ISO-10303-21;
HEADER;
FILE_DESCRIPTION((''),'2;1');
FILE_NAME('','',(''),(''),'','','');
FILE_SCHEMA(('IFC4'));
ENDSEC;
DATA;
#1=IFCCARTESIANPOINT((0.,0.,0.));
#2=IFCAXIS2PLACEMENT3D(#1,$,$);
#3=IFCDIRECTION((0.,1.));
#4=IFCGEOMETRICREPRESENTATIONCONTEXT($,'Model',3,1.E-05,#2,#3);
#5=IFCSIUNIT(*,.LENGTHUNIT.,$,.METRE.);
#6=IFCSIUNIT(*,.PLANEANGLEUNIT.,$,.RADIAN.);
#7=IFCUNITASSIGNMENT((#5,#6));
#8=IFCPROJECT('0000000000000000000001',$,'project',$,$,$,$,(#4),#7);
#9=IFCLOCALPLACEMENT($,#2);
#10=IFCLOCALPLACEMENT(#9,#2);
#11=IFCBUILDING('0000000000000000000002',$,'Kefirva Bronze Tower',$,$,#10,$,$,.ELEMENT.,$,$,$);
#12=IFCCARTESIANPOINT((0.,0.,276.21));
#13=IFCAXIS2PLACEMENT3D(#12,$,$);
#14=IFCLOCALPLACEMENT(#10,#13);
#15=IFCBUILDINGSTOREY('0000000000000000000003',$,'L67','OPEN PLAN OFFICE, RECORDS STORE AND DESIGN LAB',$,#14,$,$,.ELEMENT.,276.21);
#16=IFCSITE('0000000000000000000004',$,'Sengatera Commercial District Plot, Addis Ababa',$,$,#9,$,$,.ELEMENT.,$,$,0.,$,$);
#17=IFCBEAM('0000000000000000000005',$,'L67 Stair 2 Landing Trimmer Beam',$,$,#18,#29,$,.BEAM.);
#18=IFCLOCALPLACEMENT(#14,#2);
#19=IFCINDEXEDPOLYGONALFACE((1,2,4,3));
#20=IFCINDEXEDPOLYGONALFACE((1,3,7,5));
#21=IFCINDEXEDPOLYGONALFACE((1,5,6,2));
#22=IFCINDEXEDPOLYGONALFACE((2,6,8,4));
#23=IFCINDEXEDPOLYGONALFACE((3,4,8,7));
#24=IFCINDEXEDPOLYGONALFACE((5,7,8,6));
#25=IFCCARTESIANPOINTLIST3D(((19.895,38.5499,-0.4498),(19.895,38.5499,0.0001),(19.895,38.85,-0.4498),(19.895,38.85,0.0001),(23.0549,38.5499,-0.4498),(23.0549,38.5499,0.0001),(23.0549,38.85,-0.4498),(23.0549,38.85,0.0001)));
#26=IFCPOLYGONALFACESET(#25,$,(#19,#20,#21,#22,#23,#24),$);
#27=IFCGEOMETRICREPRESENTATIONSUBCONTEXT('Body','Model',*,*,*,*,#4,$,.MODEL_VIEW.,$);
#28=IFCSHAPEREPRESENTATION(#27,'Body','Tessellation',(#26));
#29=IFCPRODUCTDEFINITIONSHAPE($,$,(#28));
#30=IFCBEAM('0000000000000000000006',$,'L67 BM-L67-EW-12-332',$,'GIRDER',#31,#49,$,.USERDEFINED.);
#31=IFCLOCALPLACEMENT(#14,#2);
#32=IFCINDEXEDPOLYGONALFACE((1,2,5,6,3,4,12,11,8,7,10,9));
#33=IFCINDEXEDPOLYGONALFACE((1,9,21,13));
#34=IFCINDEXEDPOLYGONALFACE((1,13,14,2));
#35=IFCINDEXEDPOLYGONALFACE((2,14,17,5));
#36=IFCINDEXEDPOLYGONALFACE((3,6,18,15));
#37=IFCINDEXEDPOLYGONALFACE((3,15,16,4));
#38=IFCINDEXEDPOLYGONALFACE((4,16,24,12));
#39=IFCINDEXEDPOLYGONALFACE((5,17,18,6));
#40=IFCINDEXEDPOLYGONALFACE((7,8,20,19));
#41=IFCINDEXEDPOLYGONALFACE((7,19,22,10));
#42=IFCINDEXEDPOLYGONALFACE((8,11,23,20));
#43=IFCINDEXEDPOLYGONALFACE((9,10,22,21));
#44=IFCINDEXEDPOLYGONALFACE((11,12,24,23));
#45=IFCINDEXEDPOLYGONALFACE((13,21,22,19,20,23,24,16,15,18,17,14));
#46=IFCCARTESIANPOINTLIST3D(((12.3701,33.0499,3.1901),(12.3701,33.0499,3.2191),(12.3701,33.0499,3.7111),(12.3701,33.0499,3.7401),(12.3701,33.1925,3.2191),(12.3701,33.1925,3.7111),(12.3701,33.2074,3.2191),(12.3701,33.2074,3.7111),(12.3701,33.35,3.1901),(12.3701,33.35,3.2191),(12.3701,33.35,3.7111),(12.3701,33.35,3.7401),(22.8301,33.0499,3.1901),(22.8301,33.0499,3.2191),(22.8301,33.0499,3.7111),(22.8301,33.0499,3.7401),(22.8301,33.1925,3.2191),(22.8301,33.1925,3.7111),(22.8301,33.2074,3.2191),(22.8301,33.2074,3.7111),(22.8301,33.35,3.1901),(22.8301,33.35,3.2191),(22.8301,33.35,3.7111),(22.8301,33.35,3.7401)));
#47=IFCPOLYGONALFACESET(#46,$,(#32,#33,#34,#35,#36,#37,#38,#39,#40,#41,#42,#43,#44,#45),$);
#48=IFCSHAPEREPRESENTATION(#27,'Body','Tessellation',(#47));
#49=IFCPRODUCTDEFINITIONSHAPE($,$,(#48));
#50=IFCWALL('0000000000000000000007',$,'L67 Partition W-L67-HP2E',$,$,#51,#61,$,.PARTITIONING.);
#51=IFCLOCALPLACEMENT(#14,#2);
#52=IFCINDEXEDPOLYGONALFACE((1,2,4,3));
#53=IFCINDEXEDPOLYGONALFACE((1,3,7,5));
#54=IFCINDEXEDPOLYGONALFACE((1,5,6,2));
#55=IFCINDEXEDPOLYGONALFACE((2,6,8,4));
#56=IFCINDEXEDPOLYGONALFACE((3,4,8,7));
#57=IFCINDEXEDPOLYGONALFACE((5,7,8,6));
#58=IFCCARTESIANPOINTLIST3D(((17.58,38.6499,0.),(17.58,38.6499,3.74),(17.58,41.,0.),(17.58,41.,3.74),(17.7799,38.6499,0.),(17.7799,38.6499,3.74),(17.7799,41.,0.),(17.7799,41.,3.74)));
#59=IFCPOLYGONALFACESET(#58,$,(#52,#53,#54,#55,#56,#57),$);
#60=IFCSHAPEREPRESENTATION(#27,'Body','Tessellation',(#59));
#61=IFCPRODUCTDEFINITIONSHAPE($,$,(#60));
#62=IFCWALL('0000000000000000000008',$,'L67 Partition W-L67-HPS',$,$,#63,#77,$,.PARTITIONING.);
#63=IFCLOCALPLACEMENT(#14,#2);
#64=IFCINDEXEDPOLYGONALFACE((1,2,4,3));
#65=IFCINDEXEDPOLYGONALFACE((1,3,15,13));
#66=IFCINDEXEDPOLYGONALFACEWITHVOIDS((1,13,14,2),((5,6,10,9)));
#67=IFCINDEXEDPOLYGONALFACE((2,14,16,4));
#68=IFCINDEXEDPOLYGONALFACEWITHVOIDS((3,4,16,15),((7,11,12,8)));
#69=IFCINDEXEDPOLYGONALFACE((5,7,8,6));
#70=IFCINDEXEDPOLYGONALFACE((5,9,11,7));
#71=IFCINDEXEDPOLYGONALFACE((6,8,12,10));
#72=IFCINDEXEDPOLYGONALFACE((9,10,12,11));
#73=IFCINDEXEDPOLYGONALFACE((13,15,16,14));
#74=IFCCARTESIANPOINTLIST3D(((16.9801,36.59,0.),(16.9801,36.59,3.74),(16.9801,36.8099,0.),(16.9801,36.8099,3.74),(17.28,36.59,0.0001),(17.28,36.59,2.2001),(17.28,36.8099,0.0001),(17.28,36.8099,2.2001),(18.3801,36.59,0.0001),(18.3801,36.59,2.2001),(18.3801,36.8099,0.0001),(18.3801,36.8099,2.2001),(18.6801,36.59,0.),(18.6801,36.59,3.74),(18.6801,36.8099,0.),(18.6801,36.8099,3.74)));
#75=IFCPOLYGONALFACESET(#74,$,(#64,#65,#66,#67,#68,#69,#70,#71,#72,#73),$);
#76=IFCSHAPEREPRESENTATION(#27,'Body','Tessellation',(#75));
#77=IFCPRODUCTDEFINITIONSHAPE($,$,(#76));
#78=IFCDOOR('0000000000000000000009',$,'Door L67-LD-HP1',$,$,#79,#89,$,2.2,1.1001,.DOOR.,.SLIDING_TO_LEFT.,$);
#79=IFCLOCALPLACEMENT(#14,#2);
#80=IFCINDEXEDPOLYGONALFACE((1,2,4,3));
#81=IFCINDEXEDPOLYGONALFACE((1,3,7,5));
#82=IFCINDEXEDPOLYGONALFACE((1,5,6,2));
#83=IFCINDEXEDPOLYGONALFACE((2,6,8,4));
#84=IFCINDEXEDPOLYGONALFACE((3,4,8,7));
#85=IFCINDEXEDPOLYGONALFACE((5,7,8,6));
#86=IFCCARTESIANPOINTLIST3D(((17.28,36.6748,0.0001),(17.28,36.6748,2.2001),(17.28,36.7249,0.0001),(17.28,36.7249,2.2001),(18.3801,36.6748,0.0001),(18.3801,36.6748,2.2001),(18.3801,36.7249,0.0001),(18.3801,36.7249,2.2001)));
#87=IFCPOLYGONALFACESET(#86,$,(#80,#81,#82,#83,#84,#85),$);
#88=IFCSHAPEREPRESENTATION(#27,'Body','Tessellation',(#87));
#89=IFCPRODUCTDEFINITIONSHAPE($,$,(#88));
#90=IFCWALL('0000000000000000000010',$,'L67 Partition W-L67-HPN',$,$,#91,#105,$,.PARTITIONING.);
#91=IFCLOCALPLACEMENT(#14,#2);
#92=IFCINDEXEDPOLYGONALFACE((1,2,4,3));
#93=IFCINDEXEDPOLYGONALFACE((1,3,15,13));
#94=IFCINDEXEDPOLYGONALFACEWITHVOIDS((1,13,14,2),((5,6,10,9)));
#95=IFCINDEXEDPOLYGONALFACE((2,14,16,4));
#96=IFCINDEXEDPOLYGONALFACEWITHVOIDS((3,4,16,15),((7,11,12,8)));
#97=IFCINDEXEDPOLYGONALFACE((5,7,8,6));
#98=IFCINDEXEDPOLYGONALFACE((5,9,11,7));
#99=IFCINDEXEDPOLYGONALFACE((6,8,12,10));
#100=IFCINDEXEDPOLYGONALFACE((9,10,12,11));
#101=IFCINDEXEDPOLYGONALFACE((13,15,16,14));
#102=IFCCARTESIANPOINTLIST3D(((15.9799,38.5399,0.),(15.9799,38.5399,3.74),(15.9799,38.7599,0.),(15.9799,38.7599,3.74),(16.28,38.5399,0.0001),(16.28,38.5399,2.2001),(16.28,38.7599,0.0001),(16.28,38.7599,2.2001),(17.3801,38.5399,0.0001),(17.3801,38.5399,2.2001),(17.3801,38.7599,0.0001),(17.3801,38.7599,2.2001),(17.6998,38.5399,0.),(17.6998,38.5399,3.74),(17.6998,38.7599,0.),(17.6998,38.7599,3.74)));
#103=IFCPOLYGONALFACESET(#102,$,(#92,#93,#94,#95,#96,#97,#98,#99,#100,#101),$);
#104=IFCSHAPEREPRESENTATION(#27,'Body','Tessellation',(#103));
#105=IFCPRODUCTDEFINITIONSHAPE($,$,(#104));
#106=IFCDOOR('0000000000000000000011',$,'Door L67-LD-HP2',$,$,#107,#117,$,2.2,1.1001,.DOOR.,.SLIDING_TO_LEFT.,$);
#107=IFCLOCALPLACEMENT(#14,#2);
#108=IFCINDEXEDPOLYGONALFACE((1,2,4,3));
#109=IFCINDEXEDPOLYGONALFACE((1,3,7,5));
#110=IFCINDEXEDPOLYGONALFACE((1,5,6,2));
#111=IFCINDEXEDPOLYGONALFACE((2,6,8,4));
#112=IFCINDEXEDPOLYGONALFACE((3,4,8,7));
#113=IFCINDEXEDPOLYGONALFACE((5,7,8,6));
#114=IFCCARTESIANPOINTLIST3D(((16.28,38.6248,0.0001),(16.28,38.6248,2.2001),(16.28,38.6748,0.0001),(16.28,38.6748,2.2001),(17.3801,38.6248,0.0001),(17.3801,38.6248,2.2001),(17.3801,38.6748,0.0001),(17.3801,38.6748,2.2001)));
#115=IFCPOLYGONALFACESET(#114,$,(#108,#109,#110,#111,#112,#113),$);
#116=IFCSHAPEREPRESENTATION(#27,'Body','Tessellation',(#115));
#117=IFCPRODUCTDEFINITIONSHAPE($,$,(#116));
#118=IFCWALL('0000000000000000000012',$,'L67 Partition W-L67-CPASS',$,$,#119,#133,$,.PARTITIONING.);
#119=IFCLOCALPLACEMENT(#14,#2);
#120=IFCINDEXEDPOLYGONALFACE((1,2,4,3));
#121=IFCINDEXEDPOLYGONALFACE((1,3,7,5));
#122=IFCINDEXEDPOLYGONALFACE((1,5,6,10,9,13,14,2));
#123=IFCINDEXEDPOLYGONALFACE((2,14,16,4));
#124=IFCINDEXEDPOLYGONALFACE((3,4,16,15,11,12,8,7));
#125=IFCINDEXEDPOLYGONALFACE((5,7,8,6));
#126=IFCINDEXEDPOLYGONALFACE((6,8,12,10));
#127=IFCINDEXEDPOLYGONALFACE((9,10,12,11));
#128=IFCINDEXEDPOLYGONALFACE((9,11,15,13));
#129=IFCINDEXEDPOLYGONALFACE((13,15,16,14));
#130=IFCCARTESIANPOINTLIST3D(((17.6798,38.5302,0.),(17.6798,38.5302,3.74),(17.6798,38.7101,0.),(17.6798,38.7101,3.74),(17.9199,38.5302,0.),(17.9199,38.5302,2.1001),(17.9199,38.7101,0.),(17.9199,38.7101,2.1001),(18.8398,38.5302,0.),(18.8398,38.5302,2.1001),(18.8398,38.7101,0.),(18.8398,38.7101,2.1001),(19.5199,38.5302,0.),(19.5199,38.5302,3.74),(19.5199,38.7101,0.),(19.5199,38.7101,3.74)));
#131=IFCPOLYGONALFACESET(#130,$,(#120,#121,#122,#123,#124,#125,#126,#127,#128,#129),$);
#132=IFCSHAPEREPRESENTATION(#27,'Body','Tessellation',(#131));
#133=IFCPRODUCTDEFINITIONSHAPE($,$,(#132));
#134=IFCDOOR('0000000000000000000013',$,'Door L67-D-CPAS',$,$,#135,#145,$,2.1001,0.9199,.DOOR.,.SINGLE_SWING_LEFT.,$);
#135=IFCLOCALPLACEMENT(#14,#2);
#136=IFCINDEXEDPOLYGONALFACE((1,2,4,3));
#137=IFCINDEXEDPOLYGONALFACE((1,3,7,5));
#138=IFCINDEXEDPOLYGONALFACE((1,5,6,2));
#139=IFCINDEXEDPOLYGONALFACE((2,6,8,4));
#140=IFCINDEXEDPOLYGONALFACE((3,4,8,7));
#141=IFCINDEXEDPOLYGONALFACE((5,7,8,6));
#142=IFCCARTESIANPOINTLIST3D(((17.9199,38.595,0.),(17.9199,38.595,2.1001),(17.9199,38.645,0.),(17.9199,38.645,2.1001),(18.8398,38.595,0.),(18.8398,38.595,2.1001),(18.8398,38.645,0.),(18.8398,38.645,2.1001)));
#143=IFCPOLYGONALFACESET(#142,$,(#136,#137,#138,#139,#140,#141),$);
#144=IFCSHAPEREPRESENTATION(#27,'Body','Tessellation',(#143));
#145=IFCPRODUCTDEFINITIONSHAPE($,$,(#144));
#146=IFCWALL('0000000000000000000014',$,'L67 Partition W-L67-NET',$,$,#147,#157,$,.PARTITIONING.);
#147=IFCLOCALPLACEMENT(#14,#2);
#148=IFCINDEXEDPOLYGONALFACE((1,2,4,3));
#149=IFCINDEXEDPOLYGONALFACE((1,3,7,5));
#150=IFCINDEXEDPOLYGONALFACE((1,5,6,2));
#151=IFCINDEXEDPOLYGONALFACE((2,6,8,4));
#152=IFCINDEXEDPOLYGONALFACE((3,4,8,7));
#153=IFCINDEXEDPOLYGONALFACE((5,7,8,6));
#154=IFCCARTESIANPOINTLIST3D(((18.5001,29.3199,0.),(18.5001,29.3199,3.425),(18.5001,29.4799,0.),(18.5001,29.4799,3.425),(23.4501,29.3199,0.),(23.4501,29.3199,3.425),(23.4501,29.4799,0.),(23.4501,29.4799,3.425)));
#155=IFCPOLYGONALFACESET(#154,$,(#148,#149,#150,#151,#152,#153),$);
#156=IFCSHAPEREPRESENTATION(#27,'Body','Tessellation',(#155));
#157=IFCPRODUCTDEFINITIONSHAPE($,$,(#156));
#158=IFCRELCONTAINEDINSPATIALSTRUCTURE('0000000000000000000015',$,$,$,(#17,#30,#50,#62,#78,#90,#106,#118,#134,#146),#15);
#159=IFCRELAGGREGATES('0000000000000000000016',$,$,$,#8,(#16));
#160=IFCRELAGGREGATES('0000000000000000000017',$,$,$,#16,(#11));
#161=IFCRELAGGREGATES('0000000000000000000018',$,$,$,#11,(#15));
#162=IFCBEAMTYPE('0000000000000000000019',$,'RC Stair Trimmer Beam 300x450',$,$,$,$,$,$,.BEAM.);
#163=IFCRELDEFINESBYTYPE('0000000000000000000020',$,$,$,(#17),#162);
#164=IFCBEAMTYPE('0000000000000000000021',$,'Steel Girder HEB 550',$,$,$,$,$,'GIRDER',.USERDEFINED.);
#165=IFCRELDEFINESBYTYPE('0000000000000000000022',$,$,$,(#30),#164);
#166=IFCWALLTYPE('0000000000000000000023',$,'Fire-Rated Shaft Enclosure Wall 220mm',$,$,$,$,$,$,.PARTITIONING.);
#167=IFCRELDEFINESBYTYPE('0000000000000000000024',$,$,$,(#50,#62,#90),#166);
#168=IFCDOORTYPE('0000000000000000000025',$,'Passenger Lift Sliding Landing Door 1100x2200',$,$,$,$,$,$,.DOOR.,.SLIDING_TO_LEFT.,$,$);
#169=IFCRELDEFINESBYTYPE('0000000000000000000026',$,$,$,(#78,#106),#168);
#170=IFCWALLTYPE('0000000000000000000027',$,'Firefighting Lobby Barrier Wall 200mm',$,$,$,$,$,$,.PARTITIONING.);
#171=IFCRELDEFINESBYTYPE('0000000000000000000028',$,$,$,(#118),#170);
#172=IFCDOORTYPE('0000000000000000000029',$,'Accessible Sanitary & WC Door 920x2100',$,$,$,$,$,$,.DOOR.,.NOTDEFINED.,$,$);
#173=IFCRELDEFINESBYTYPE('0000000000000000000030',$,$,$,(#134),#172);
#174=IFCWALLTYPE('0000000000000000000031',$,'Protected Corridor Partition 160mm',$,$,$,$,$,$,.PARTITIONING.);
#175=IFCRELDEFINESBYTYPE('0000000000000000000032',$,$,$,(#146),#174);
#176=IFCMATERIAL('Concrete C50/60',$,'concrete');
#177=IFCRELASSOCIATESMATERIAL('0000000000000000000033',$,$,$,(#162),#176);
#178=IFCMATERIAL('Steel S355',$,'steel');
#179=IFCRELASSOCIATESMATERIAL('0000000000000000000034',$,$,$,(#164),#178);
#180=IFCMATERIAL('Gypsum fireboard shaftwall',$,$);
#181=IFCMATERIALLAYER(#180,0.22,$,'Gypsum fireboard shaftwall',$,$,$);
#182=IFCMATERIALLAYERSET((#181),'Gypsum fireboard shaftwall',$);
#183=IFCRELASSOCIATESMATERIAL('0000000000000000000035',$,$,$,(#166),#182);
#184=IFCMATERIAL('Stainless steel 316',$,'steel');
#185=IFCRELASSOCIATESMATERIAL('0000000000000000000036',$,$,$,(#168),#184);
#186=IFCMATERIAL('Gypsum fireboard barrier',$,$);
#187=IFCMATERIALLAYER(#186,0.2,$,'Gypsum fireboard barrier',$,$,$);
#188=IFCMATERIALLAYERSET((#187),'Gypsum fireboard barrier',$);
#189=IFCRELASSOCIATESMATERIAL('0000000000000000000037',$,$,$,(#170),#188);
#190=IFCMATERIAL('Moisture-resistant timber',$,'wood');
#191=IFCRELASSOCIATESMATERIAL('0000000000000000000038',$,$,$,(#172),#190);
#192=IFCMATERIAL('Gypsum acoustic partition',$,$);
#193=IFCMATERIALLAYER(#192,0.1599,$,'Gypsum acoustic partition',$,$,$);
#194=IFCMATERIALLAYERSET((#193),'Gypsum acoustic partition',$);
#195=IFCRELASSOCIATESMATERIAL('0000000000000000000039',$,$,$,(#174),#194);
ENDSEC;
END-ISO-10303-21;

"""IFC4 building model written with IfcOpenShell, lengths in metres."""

from ifc_helpers import new_model, si_unit, direction, frame, frame_2d, origin, origin_2d, place, context, subcontext, project, spatial, rectangle, i_section, extrude, material, layer, layer_set, material_profile, profile_set, type_object, element, fill, save


model = new_model("IFC4")

# Units and contexts
model_context = context("Model", 3, precision=1e-05, world=origin(), true_north=direction((0.0, 1.0)))
body_context = subcontext(model_context, "Body", "Model", "MODEL_VIEW")
ifc_project = project(units=[si_unit("LENGTHUNIT", "METRE"), si_unit("PLANEANGLEUNIT", "RADIAN")], contexts=[model_context])

# Site, building, storey
site_placement = place(None, origin())
site = spatial("IfcSite", under=ifc_project, at=site_placement, Name="Sengatera Commercial District Plot, Addis Ababa", CompositionType="ELEMENT", RefElevation=0.0)
building_placement = place(site_placement, origin())
building = spatial("IfcBuilding", under=site, at=building_placement, Name="Kefirva Bronze Tower", CompositionType="ELEMENT")
storey_placement = place(building_placement, frame((0.0, 0.0, 276.21)))
storey = spatial("IfcBuildingStorey", under=building, at=storey_placement, Name="L67", Description="OPEN PLAN OFFICE, RECORDS STORE AND DESIGN LAB", CompositionType="ELEMENT", Elevation=276.21)

# Beams
ifc_material_1 = material(Name="Concrete C50/60", Category="concrete")
ifc_material_profile_1 = material_profile(ifc_material_1, rectangle(XDim=0.3, YDim=0.45, at=origin_2d()), Name="RC 300x450")
ifc_profile_set_1 = profile_set([ifc_material_profile_1], Name="Concrete C50/60")
beam_type_1 = type_object("IfcBeamType", Name="RC Stair Trimmer Beam 300x450", PredefinedType="BEAM", material=ifc_profile_set_1)
beam_1_placement = place(storey_placement, frame((19.895, 38.7, -0.2249), z_axis=(1.0, 0.0, 0.0), x_axis=(0.0, 1.0, 0.0)))
element("IfcBeam", 1, at=beam_1_placement, inside=storey, type_object=beam_type_1, Name="L67 Stair 2 Landing Trimmer Beam", PredefinedType="BEAM", context=body_context, shape_type="SweptSolid", body=[
    extrude(rectangle(XDim=0.3, YDim=0.45, at=origin_2d()), origin(), (0.0, 0.0, 1.0), 3.1599),
])
ifc_material_2 = material(Name="Steel S355", Category="steel")
ifc_material_profile_2 = material_profile(ifc_material_2, i_section(OverallWidth=0.3, OverallDepth=0.55, WebThickness=0.0149, FlangeThickness=0.0291, at=origin_2d()), Name="HEB 550")
ifc_profile_set_2 = profile_set([ifc_material_profile_2], Name="Steel S355")
beam_type_2 = type_object("IfcBeamType", Name="Steel Girder HEB 550", ElementType="GIRDER", PredefinedType="USERDEFINED", material=ifc_profile_set_2)
beam_2_placement = place(storey_placement, frame((12.3701, 33.2, 3.4651), z_axis=(1.0, 0.0, 0.0), x_axis=(0.0, 1.0, 0.0)))
element("IfcBeam", 2, at=beam_2_placement, inside=storey, type_object=beam_type_2, Name="L67 BM-L67-EW-12-332", ObjectType="GIRDER", PredefinedType="USERDEFINED", context=body_context, shape_type="SweptSolid", body=[
    extrude(i_section(OverallWidth=0.3, OverallDepth=0.55, WebThickness=0.0149, FlangeThickness=0.0291, at=origin_2d()), origin(), (0.0, 0.0, 1.0), 10.46),
])

# Shared definitions
ifc_material_3 = material(Name="Gypsum acoustic partition")
ifc_material_4 = material(Name="Gypsum fireboard shaftwall")
ifc_layer_1 = layer(ifc_material_4, 0.22, Name="Gypsum fireboard shaftwall")
ifc_layer_set_1 = layer_set([ifc_layer_1], Name="Gypsum fireboard shaftwall")
wall_type_1 = type_object("IfcWallType", Name="Fire-Rated Shaft Enclosure Wall 220mm", PredefinedType="PARTITIONING", material=ifc_layer_set_1)

# Wall
wall_1_placement = place(storey_placement, frame((17.6799, 38.6499, 0.0), z_axis=(0.0, 0.0, 1.0), x_axis=(0.0, 1.0, 0.0)))
element("IfcWall", 3, at=wall_1_placement, inside=storey, type_object=wall_type_1, Name="L67 Partition W-L67-HP2E", PredefinedType="PARTITIONING", context=body_context, shape_type="SweptSolid", body=[
    extrude(rectangle(XDim=2.3501, YDim=0.2, at=frame_2d((1.175, 0.0))), origin(), (0.0, 0.0, 1.0), 3.74),
])

# Walls, openings, doors
wall_2_placement = place(storey_placement, frame((16.98, 36.7, 0.0), z_axis=(0.0, 0.0, 1.0), x_axis=(1.0, 0.0, 0.0)))
wall_2 = element("IfcWall", 4, at=wall_2_placement, inside=storey, type_object=wall_type_1, Name="L67 Partition W-L67-HPS", PredefinedType="PARTITIONING", context=body_context, shape_type="SweptSolid", body=[
    extrude(rectangle(XDim=1.7, YDim=0.22, at=frame_2d((0.8501, 0.0))), origin(), (0.0, 0.0, 1.0), 3.74),
])
opening_1_placement = place(wall_2_placement, frame((0.3, 0.0, 0.0)))
opening_1 = element("IfcOpeningElement", 5, at=opening_1_placement, cuts=wall_2, PredefinedType="OPENING", context=body_context, shape_type="SweptSolid", body=[
    extrude(rectangle(XDim=1.1001, YDim=2.2, at=frame_2d((0.55, 1.1001))), frame((0.0, 0.1201, 0.0), z_axis=(0.0, -1.0, 0.0), x_axis=(1.0, 0.0, 0.0)), (0.0, 0.0, 1.0), 0.24),
])
ifc_material_5 = material(Name="Stainless steel 316", Category="steel")
door_type_1 = type_object("IfcDoorType", Name="Passenger Lift Sliding Landing Door 1100x2200", OperationType="SLIDING_TO_LEFT", PredefinedType="DOOR", material=ifc_material_5)
door_1_placement = place(opening_1_placement, origin())
door_1 = element("IfcDoor", 6, at=door_1_placement, inside=storey, type_object=door_type_1, Name="Door L67-LD-HP1", OperationType="SLIDING_TO_LEFT", OverallHeight=2.2, OverallWidth=1.1001, PredefinedType="DOOR", context=body_context, shape_type="SweptSolid", body=[
    extrude(rectangle(XDim=1.1001, YDim=2.2, at=frame_2d((0.55, 1.1001))), frame((0.0, 0.0249, 0.0), z_axis=(0.0, -1.0, 0.0), x_axis=(1.0, 0.0, 0.0)), (0.0, 0.0, 1.0), 0.05),
])
fill(opening_1, door_1)
wall_3_placement = place(storey_placement, frame((15.98, 38.6499, 0.0), z_axis=(0.0, 0.0, 1.0), x_axis=(1.0, 0.0, 0.0)))
wall_3 = element("IfcWall", 7, at=wall_3_placement, inside=storey, type_object=wall_type_1, Name="L67 Partition W-L67-HPN", PredefinedType="PARTITIONING", context=body_context, shape_type="SweptSolid", body=[
    extrude(rectangle(XDim=1.72, YDim=0.22, at=frame_2d((0.8599, 0.0))), origin(), (0.0, 0.0, 1.0), 3.74),
])
opening_2_placement = place(wall_3_placement, frame((0.3, 0.0, 0.0)))
opening_2 = element("IfcOpeningElement", 8, at=opening_2_placement, cuts=wall_3, PredefinedType="OPENING", context=body_context, shape_type="SweptSolid", body=[
    extrude(rectangle(XDim=1.1001, YDim=2.2, at=frame_2d((0.55, 1.1001))), frame((0.0, 0.1201, 0.0), z_axis=(0.0, -1.0, 0.0), x_axis=(1.0, 0.0, 0.0)), (0.0, 0.0, 1.0), 0.24),
])
door_2_placement = place(opening_2_placement, origin())
door_2 = element("IfcDoor", 9, at=door_2_placement, inside=storey, type_object=door_type_1, Name="Door L67-LD-HP2", OperationType="SLIDING_TO_LEFT", OverallHeight=2.2, OverallWidth=1.1001, PredefinedType="DOOR", context=body_context, shape_type="SweptSolid", body=[
    extrude(rectangle(XDim=1.1001, YDim=2.2, at=frame_2d((0.55, 1.1001))), frame((0.0, 0.0249, 0.0), z_axis=(0.0, -1.0, 0.0), x_axis=(1.0, 0.0, 0.0)), (0.0, 0.0, 1.0), 0.05),
])
fill(opening_2, door_2)
ifc_material_6 = material(Name="Gypsum fireboard barrier")
ifc_layer_2 = layer(ifc_material_6, 0.2, Name="Gypsum fireboard barrier")
ifc_layer_set_2 = layer_set([ifc_layer_2], Name="Gypsum fireboard barrier")
wall_type_2 = type_object("IfcWallType", Name="Firefighting Lobby Barrier Wall 200mm", PredefinedType="PARTITIONING", material=ifc_layer_set_2)
wall_4_placement = place(storey_placement, frame((17.6799, 38.6201, 0.0), z_axis=(0.0, 0.0, 1.0), x_axis=(1.0, 0.0, 0.0)))
wall_4 = element("IfcWall", 10, at=wall_4_placement, inside=storey, type_object=wall_type_2, Name="L67 Partition W-L67-CPASS", PredefinedType="PARTITIONING", context=body_context, shape_type="SweptSolid", body=[
    extrude(rectangle(XDim=1.8401, YDim=0.1799, at=frame_2d((0.9199, 0.0))), origin(), (0.0, 0.0, 1.0), 3.74),
])
opening_3_placement = place(wall_4_placement, frame((0.24, 0.0, 0.0)))
opening_3 = element("IfcOpeningElement", 11, at=opening_3_placement, cuts=wall_4, PredefinedType="OPENING", context=body_context, shape_type="SweptSolid", body=[
    extrude(rectangle(XDim=0.9199, YDim=2.1001, at=frame_2d((0.46, 1.05))), frame((0.0, 0.1001, 0.0), z_axis=(0.0, -1.0, 0.0), x_axis=(1.0, 0.0, 0.0)), (0.0, 0.0, 1.0), 0.2),
])
ifc_material_7 = material(Name="Moisture-resistant timber", Category="wood")
door_type_2 = type_object("IfcDoorType", Name="Accessible Sanitary & WC Door 920x2100", OperationType="NOTDEFINED", PredefinedType="DOOR", material=ifc_material_7)
door_3_placement = place(opening_3_placement, origin())
door_3 = element("IfcDoor", 12, at=door_3_placement, inside=storey, type_object=door_type_2, Name="Door L67-D-CPAS", OperationType="SINGLE_SWING_LEFT", OverallHeight=2.1001, OverallWidth=0.9199, PredefinedType="DOOR", context=body_context, shape_type="SweptSolid", body=[
    extrude(rectangle(XDim=0.9199, YDim=2.1001, at=frame_2d((0.46, 1.05))), frame((0.0, 0.0249, 0.0), z_axis=(0.0, -1.0, 0.0), x_axis=(1.0, 0.0, 0.0)), (0.0, 0.0, 1.0), 0.05),
])
fill(opening_3, door_3)

# Wall
ifc_layer_3 = layer(ifc_material_3, 0.1599, Name="Gypsum acoustic partition")
ifc_layer_set_3 = layer_set([ifc_layer_3], Name="Gypsum acoustic partition")
wall_type_3 = type_object("IfcWallType", Name="Protected Corridor Partition 160mm", PredefinedType="PARTITIONING", material=ifc_layer_set_3)
wall_5_placement = place(storey_placement, frame((18.5, 29.3999, 0.0), z_axis=(0.0, 0.0, 1.0), x_axis=(1.0, 0.0, 0.0)))
element("IfcWall", 13, at=wall_5_placement, inside=storey, type_object=wall_type_3, Name="L67 Partition W-L67-NET", PredefinedType="PARTITIONING", context=body_context, shape_type="SweptSolid", body=[
    extrude(rectangle(XDim=4.95, YDim=0.1599, at=frame_2d((2.4751, 0.0))), origin(), (0.0, 0.0, 1.0), 3.425),
])

save(model, "model.ifc")
